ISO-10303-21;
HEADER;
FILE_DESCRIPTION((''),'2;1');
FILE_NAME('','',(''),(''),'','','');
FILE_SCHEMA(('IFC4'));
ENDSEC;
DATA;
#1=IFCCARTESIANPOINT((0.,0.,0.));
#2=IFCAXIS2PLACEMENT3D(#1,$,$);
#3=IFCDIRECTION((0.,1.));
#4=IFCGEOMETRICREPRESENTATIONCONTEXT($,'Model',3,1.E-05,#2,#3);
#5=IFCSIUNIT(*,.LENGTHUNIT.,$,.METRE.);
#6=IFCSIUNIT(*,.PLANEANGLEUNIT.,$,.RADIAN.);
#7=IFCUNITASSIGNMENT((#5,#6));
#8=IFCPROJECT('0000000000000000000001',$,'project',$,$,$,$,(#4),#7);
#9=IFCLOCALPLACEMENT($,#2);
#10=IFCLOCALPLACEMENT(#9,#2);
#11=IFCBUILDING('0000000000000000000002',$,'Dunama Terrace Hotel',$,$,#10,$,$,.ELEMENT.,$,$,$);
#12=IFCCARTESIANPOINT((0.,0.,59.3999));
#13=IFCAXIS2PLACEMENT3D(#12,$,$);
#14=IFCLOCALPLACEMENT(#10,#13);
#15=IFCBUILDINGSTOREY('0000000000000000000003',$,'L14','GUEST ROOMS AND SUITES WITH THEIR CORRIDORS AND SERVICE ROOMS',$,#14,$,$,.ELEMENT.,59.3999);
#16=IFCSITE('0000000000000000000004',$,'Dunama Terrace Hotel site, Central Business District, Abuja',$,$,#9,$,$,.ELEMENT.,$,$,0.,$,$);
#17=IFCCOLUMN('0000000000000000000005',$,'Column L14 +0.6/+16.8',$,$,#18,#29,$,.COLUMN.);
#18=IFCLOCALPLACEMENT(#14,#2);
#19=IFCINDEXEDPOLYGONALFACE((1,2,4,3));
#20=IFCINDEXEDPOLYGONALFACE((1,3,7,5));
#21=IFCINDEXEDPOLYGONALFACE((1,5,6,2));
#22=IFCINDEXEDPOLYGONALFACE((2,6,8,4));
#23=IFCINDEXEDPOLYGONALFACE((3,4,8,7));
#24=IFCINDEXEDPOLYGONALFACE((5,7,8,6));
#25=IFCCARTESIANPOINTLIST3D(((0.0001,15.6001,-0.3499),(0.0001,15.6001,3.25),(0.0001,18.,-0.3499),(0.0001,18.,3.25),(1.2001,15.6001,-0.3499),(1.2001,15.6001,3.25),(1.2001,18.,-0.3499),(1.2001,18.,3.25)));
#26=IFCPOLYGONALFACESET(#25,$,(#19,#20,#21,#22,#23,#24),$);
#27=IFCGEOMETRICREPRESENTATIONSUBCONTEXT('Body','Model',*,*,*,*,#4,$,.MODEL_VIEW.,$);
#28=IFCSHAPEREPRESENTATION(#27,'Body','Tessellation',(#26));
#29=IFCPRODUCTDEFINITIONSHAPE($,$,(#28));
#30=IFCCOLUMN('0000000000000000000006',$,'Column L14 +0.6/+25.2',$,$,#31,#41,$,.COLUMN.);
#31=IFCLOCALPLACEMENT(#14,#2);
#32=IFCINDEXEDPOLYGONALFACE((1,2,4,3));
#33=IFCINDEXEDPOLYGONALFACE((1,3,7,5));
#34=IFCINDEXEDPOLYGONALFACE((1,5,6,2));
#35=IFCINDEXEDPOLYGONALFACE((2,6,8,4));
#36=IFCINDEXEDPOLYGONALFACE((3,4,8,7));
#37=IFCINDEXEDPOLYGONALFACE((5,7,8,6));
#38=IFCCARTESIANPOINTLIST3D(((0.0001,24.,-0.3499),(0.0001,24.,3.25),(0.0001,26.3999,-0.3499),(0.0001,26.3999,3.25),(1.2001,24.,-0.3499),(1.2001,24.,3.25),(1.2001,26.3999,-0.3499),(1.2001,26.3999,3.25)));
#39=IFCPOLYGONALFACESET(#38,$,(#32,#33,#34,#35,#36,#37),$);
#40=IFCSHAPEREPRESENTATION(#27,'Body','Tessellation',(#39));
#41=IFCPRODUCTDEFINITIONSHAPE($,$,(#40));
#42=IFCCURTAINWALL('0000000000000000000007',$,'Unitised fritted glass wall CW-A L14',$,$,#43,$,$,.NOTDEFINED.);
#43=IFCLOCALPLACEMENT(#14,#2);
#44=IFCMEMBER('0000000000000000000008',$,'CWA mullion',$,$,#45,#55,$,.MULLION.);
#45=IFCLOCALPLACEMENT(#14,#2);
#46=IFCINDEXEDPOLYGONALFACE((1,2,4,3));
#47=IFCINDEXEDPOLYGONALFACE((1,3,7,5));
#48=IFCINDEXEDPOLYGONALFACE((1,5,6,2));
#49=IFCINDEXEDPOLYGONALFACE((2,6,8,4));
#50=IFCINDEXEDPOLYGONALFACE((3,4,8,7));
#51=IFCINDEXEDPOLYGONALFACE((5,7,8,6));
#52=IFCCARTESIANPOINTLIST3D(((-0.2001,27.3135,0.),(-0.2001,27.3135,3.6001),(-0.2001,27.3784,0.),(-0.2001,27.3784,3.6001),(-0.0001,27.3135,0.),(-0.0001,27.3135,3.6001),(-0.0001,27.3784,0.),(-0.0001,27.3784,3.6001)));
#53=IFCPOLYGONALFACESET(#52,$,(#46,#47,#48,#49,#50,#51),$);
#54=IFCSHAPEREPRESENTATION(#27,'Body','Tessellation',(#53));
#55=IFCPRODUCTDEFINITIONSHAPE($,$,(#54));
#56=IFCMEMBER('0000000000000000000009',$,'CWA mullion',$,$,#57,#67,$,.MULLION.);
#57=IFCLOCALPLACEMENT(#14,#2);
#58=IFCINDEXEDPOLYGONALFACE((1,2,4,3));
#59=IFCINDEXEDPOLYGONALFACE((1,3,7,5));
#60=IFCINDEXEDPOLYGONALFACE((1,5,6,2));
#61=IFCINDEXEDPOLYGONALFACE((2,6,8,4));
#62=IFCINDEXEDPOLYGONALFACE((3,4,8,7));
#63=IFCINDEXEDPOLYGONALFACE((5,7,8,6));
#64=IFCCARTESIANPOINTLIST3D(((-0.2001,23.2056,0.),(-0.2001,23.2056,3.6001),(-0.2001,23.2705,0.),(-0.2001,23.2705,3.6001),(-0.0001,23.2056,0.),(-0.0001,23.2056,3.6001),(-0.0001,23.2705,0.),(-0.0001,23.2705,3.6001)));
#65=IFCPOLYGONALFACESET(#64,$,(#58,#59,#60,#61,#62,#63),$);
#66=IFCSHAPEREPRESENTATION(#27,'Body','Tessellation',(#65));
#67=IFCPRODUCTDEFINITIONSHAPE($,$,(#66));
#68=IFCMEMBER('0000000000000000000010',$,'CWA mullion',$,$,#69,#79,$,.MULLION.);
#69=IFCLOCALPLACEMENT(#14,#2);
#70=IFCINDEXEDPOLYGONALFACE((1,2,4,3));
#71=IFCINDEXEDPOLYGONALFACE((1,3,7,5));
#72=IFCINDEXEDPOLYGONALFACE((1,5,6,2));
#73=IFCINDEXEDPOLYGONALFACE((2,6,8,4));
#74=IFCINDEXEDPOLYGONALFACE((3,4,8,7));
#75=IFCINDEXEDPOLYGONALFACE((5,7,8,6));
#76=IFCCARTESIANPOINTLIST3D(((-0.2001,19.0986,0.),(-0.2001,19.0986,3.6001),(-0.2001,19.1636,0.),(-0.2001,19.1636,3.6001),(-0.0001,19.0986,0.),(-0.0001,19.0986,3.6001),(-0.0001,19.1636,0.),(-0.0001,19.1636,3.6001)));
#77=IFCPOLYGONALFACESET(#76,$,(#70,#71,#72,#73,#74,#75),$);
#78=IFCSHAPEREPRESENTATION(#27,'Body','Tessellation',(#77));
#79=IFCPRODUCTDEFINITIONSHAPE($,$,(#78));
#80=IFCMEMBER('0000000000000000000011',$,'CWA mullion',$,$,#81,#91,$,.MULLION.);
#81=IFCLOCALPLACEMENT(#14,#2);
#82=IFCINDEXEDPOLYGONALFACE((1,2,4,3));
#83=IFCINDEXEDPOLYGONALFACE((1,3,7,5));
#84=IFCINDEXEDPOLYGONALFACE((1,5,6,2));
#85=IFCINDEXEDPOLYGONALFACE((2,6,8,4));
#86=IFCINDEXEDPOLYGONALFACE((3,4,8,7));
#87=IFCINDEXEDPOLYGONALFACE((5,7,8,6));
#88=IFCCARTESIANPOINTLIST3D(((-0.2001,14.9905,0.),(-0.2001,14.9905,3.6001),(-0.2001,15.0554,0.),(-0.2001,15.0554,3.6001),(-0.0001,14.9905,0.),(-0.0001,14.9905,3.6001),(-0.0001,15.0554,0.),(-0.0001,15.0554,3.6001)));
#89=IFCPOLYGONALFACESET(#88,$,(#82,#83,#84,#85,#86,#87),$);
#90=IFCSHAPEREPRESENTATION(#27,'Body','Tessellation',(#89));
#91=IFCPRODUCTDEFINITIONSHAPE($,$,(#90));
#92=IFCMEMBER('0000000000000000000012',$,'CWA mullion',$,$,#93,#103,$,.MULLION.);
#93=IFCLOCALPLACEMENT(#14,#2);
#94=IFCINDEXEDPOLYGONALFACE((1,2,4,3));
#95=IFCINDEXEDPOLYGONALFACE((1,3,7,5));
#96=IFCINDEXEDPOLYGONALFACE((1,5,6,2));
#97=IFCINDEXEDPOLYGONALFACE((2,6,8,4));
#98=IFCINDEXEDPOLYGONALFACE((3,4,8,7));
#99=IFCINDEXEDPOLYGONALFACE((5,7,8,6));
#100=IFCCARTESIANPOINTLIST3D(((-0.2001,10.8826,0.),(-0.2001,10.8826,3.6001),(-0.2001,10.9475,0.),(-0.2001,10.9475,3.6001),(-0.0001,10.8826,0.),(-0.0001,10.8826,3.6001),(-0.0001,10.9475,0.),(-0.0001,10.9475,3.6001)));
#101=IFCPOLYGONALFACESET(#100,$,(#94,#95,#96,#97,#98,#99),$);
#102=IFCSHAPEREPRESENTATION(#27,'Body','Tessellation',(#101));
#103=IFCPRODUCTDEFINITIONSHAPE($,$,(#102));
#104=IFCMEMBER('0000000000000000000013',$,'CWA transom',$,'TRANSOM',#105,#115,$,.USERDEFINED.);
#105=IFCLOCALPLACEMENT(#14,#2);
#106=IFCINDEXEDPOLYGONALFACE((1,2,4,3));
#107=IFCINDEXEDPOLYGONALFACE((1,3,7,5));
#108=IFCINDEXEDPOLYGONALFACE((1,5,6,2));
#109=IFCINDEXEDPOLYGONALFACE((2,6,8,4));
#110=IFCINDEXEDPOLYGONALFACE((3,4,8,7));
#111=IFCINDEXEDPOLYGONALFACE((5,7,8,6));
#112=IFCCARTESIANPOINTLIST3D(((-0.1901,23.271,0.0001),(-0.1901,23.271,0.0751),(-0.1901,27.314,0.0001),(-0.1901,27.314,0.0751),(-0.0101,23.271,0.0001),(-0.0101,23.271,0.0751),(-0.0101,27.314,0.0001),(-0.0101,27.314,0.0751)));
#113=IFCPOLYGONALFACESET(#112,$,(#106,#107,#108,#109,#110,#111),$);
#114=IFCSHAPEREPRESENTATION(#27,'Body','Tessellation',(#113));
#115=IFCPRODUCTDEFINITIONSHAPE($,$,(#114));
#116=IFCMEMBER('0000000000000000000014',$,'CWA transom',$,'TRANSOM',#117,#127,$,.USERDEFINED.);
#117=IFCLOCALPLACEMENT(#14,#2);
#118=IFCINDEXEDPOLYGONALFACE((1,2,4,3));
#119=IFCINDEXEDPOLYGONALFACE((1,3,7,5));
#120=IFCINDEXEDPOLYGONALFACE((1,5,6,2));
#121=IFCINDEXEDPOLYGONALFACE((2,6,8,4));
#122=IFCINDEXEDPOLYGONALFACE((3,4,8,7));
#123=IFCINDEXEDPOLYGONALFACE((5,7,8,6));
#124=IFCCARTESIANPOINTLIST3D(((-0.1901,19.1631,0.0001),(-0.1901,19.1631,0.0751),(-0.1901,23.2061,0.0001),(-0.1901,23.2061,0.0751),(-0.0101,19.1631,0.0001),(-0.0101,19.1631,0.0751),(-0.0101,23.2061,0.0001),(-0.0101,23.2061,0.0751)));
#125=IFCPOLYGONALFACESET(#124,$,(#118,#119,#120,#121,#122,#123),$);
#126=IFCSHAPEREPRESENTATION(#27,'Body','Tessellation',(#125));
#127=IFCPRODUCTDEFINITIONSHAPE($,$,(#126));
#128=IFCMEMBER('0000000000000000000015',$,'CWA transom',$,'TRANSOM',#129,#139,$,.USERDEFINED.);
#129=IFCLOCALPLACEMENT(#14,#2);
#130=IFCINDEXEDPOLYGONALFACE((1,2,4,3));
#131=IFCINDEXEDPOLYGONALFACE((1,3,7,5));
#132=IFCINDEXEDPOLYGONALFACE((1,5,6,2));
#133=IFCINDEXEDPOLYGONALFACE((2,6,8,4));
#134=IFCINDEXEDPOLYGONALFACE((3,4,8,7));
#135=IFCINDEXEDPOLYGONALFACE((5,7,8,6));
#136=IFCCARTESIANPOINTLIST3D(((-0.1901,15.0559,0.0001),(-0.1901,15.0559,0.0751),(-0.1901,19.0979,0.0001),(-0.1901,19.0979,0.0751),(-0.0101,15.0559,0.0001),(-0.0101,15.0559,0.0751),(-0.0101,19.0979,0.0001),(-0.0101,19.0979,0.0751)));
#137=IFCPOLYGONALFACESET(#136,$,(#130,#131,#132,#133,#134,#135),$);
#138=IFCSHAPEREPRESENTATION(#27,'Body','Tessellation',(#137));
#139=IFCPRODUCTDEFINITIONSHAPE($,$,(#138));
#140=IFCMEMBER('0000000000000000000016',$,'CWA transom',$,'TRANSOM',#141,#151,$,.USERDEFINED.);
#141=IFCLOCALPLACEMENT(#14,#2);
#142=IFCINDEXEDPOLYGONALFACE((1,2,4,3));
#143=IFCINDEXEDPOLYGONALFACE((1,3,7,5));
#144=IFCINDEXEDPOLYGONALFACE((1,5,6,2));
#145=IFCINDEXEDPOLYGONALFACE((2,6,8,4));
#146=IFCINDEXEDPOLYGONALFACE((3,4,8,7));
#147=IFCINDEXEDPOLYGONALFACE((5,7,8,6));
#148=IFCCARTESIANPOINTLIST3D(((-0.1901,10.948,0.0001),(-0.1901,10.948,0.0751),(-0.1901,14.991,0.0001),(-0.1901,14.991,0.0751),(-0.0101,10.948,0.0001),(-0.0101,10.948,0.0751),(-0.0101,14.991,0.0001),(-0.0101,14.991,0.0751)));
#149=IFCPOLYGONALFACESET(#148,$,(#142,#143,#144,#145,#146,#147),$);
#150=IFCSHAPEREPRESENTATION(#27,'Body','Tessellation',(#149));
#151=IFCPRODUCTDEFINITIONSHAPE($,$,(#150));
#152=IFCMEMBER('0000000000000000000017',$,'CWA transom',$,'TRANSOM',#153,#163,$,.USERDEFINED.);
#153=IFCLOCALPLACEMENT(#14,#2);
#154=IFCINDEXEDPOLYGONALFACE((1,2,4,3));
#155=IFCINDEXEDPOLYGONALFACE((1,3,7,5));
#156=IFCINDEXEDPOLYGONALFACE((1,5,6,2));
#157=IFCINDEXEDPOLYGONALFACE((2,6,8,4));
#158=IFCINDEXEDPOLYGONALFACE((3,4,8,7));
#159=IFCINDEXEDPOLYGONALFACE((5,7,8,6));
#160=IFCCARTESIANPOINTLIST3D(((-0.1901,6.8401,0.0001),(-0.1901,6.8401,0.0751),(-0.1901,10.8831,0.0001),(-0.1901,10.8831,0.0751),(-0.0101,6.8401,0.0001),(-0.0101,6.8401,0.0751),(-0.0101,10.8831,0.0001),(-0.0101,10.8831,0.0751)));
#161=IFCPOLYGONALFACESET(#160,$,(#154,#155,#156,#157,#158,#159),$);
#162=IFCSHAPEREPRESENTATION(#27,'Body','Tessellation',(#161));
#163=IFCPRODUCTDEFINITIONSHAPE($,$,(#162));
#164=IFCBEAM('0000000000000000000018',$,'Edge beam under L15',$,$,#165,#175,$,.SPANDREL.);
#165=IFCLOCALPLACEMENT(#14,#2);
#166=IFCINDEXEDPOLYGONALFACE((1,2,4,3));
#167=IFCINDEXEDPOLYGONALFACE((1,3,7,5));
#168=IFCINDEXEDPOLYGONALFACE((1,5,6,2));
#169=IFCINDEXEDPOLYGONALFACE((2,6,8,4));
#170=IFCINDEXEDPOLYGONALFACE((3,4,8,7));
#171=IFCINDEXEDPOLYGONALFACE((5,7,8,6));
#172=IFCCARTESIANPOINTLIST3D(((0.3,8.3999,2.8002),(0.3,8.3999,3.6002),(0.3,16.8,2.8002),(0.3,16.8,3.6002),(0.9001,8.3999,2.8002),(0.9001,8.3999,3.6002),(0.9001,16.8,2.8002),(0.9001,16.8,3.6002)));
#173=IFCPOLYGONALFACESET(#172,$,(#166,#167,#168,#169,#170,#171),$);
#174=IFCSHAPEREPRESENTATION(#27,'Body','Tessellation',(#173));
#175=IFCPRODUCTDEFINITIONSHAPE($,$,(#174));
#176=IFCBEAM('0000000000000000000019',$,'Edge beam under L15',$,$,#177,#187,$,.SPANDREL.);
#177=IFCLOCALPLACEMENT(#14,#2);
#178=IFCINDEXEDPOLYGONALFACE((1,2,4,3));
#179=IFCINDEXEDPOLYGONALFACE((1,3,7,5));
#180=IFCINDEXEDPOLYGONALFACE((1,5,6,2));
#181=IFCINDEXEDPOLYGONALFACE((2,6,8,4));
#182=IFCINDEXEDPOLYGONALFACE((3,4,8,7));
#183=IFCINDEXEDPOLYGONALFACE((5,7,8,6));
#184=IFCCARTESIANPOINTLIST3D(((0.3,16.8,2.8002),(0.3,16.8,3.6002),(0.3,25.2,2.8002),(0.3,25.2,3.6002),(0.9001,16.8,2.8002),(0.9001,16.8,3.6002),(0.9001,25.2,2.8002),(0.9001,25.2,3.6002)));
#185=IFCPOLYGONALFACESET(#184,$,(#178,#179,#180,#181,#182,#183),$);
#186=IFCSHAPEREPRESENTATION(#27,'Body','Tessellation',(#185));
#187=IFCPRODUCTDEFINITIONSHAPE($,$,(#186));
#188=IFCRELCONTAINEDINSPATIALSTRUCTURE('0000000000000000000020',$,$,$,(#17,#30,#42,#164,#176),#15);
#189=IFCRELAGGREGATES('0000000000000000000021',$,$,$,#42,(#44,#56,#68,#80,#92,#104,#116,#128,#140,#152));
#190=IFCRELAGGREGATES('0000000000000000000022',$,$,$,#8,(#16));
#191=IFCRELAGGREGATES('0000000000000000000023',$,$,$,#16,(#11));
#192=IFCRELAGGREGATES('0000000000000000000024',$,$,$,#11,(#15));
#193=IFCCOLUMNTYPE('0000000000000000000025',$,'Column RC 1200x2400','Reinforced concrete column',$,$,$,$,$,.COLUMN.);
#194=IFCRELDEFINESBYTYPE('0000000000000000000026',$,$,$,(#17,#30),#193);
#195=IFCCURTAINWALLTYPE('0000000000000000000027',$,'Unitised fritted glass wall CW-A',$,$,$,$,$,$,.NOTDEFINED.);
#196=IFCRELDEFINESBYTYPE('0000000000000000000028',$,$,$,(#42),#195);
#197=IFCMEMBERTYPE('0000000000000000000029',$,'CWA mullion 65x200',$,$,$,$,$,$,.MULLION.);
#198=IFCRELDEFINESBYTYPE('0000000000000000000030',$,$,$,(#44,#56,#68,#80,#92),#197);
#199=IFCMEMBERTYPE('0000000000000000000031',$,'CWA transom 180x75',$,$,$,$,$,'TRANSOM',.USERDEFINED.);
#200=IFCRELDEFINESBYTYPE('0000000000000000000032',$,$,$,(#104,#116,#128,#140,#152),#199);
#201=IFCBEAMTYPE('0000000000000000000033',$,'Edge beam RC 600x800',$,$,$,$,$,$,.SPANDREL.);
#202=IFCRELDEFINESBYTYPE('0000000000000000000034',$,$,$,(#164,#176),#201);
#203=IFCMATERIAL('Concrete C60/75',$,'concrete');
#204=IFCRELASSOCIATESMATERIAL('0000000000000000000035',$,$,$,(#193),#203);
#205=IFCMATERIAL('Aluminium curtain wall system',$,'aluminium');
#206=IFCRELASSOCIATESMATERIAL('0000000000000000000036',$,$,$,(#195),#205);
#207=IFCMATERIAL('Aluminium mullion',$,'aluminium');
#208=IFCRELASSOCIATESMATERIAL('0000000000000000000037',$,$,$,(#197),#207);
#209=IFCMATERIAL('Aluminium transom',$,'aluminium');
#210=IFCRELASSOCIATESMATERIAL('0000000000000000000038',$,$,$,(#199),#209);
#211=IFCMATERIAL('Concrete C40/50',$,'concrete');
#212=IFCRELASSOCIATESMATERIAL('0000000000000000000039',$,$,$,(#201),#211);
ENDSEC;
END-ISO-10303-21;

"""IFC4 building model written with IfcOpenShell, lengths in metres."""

from ifc_helpers import new_model, si_unit, direction, frame, origin, origin_2d, place, context, subcontext, project, spatial, rectangle, extrude, material, material_profile, profile_set, type_object, element, aggregate, save


model = new_model("IFC4")

# Units and contexts
model_context = context("Model", 3, precision=1e-05, world=origin(), true_north=direction((0.0, 1.0)))
body_context = subcontext(model_context, "Body", "Model", "MODEL_VIEW")
ifc_project = project(units=[si_unit("LENGTHUNIT", "METRE"), si_unit("PLANEANGLEUNIT", "RADIAN")], contexts=[model_context])

# Site, building, storey
site_placement = place(None, origin())
site = spatial("IfcSite", under=ifc_project, at=site_placement, Name="Dunama Terrace Hotel site, Central Business District, Abuja", CompositionType="ELEMENT", RefElevation=0.0)
building_placement = place(site_placement, origin())
building = spatial("IfcBuilding", under=site, at=building_placement, Name="Dunama Terrace Hotel", CompositionType="ELEMENT")
storey_placement = place(building_placement, frame((0.0, 0.0, 59.3999)))
storey = spatial("IfcBuildingStorey", under=building, at=storey_placement, Name="L14", Description="GUEST ROOMS AND SUITES WITH THEIR CORRIDORS AND SERVICE ROOMS", CompositionType="ELEMENT", Elevation=59.3999)

# Columns
ifc_material_1 = material(Name="Concrete C60/75", Category="concrete")
ifc_material_profile_1 = material_profile(ifc_material_1, rectangle(XDim=1.2, YDim=2.3999, at=origin_2d()), Name="RC 1200x2400")
ifc_profile_set_1 = profile_set([ifc_material_profile_1], Name="Concrete C60/75")
column_type = type_object("IfcColumnType", Name="Column RC 1200x2400", Description="Reinforced concrete column", PredefinedType="COLUMN", material=ifc_profile_set_1)
for number, where, z_axis, x_axis, name in (
    (1, (0.6001, 16.8, -0.3499), (0.0, 0.0, 1.0), (1.0, 0.0, 0.0), "Column L14 +0.6/+16.8"),
    (2, (0.6001, 25.2, -0.3499), (0.0, 0.0, 1.0), (1.0, 0.0, 0.0), "Column L14 +0.6/+25.2"),
):
    element("IfcColumn", number, at=place(storey_placement, frame(where, z_axis=z_axis, x_axis=x_axis)), inside=storey, type_object=column_type, Name=name, PredefinedType="COLUMN", context=body_context, shape_type="SweptSolid", body=[
        extrude(rectangle(XDim=1.2, YDim=2.3999, at=origin_2d()), origin(), (0.0, 0.0, 1.0), 3.5999),
    ])

# Curtain wall, members
ifc_material_2 = material(Name="Aluminium curtain wall system", Category="aluminium")
curtain_wall_type = type_object("IfcCurtainWallType", Name="Unitised fritted glass wall CW-A", PredefinedType="NOTDEFINED", material=ifc_material_2)
curtain_wall_placement = place(storey_placement, origin())
curtain_wall = element("IfcCurtainWall", 3, at=curtain_wall_placement, inside=storey, type_object=curtain_wall_type, Name="Unitised fritted glass wall CW-A L14", PredefinedType="NOTDEFINED")
ifc_material_3 = material(Name="Aluminium mullion", Category="aluminium")
ifc_material_profile_2 = material_profile(ifc_material_3, rectangle(XDim=0.0649, YDim=0.2, at=origin_2d()), Name="CWA MULLION 65X200")
ifc_profile_set_2 = profile_set([ifc_material_profile_2], Name="Aluminium mullion")
member_type_1 = type_object("IfcMemberType", Name="CWA mullion 65x200", PredefinedType="MULLION", material=ifc_profile_set_2)
member_1_placement = place(storey_placement, frame((-0.1001, 27.3459, 0.0), z_axis=(0.0, 0.0, 1.0), x_axis=(0.0, -1.0, 0.0)))
member_1 = element("IfcMember", 4, at=member_1_placement, type_object=member_type_1, Name="CWA mullion", PredefinedType="MULLION", context=body_context, shape_type="SweptSolid", body=[
    extrude(rectangle(XDim=0.0649, YDim=0.2, at=origin_2d()), origin(), (0.0, 0.0, 1.0), 3.6001),
])
member_2_placement = place(storey_placement, frame((-0.1001, 23.238, 0.0), z_axis=(0.0, 0.0, 1.0), x_axis=(0.0, -1.0, 0.0)))
member_2 = element("IfcMember", 5, at=member_2_placement, type_object=member_type_1, Name="CWA mullion", PredefinedType="MULLION", context=body_context, shape_type="SweptSolid", body=[
    extrude(rectangle(XDim=0.0649, YDim=0.2, at=origin_2d()), origin(), (0.0, 0.0, 1.0), 3.6001),
])
member_3_placement = place(storey_placement, frame((-0.1001, 19.1311, 0.0), z_axis=(0.0, 0.0, 1.0), x_axis=(0.0, -1.0, 0.0)))
member_3 = element("IfcMember", 6, at=member_3_placement, type_object=member_type_1, Name="CWA mullion", PredefinedType="MULLION", context=body_context, shape_type="SweptSolid", body=[
    extrude(rectangle(XDim=0.0649, YDim=0.2, at=origin_2d()), origin(), (0.0, 0.0, 1.0), 3.6001),
])
member_4_placement = place(storey_placement, frame((-0.1001, 15.0229, 0.0), z_axis=(0.0, 0.0, 1.0), x_axis=(0.0, -1.0, 0.0)))
member_4 = element("IfcMember", 7, at=member_4_placement, type_object=member_type_1, Name="CWA mullion", PredefinedType="MULLION", context=body_context, shape_type="SweptSolid", body=[
    extrude(rectangle(XDim=0.0649, YDim=0.2, at=origin_2d()), origin(), (0.0, 0.0, 1.0), 3.6001),
])
member_5_placement = place(storey_placement, frame((-0.1001, 10.915, 0.0), z_axis=(0.0, 0.0, 1.0), x_axis=(0.0, -1.0, 0.0)))
member_5 = element("IfcMember", 8, at=member_5_placement, type_object=member_type_1, Name="CWA mullion", PredefinedType="MULLION", context=body_context, shape_type="SweptSolid", body=[
    extrude(rectangle(XDim=0.0649, YDim=0.2, at=origin_2d()), origin(), (0.0, 0.0, 1.0), 3.6001),
])
ifc_material_4 = material(Name="Aluminium transom", Category="aluminium")
ifc_material_profile_3 = material_profile(ifc_material_4, rectangle(XDim=0.1799, YDim=0.075, at=origin_2d()), Name="CWA TRANSOM 180X75")
ifc_profile_set_3 = profile_set([ifc_material_profile_3], Name="Aluminium transom")
member_type_2 = type_object("IfcMemberType", Name="CWA transom 180x75", ElementType="TRANSOM", PredefinedType="USERDEFINED", material=ifc_profile_set_3)
member_6_placement = place(storey_placement, frame((-0.1001, 27.314, 0.0376), z_axis=(0.0, -1.0, 0.0), x_axis=(1.0, 0.0, 0.0)))
member_6 = element("IfcMember", 9, at=member_6_placement, type_object=member_type_2, Name="CWA transom", ObjectType="TRANSOM", PredefinedType="USERDEFINED", context=body_context, shape_type="SweptSolid", body=[
    extrude(rectangle(XDim=0.1799, YDim=0.075, at=origin_2d()), origin(), (0.0, 0.0, 1.0), 4.043),
])
member_7_placement = place(storey_placement, frame((-0.1001, 23.2061, 0.0376), z_axis=(0.0, -1.0, 0.0), x_axis=(1.0, 0.0, 0.0)))
member_7 = element("IfcMember", 10, at=member_7_placement, type_object=member_type_2, Name="CWA transom", ObjectType="TRANSOM", PredefinedType="USERDEFINED", context=body_context, shape_type="SweptSolid", body=[
    extrude(rectangle(XDim=0.1799, YDim=0.075, at=origin_2d()), origin(), (0.0, 0.0, 1.0), 4.043),
])
member_8_placement = place(storey_placement, frame((-0.1001, 19.0979, 0.0376), z_axis=(0.0, -1.0, 0.0), x_axis=(1.0, 0.0, 0.0)))
member_8 = element("IfcMember", 11, at=member_8_placement, type_object=member_type_2, Name="CWA transom", ObjectType="TRANSOM", PredefinedType="USERDEFINED", context=body_context, shape_type="SweptSolid", body=[
    extrude(rectangle(XDim=0.1799, YDim=0.075, at=origin_2d()), origin(), (0.0, 0.0, 1.0), 4.042),
])
member_9_placement = place(storey_placement, frame((-0.1001, 14.991, 0.0376), z_axis=(0.0, -1.0, 0.0), x_axis=(1.0, 0.0, 0.0)))
member_9 = element("IfcMember", 12, at=member_9_placement, type_object=member_type_2, Name="CWA transom", ObjectType="TRANSOM", PredefinedType="USERDEFINED", context=body_context, shape_type="SweptSolid", body=[
    extrude(rectangle(XDim=0.1799, YDim=0.075, at=origin_2d()), origin(), (0.0, 0.0, 1.0), 4.043),
])
member_10_placement = place(storey_placement, frame((-0.1001, 10.8831, 0.0376), z_axis=(0.0, -1.0, 0.0), x_axis=(1.0, 0.0, 0.0)))
member_10 = element("IfcMember", 13, at=member_10_placement, type_object=member_type_2, Name="CWA transom", ObjectType="TRANSOM", PredefinedType="USERDEFINED", context=body_context, shape_type="SweptSolid", body=[
    extrude(rectangle(XDim=0.1799, YDim=0.075, at=origin_2d()), origin(), (0.0, 0.0, 1.0), 4.043),
])

# Beams
ifc_material_5 = material(Name="Concrete C40/50", Category="concrete")
ifc_material_profile_4 = material_profile(ifc_material_5, rectangle(XDim=0.6001, YDim=0.8, at=origin_2d()), Name="RC 600x800")
ifc_profile_set_4 = profile_set([ifc_material_profile_4], Name="Concrete C40/50")
beam_type = type_object("IfcBeamType", Name="Edge beam RC 600x800", PredefinedType="SPANDREL", material=ifc_profile_set_4)
beam_1_placement = place(storey_placement, frame((0.6001, 8.3999, 3.2002), z_axis=(0.0, 1.0, 0.0), x_axis=(-1.0, 0.0, 0.0)))
element("IfcBeam", 14, at=beam_1_placement, inside=storey, type_object=beam_type, Name="Edge beam under L15", PredefinedType="SPANDREL", context=body_context, shape_type="SweptSolid", body=[
    extrude(rectangle(XDim=0.6001, YDim=0.8, at=origin_2d()), origin(), (0.0, 0.0, 1.0), 8.4001),
])
beam_2_placement = place(storey_placement, frame((0.6001, 16.8, 3.2002), z_axis=(0.0, 1.0, 0.0), x_axis=(-1.0, 0.0, 0.0)))
element("IfcBeam", 15, at=beam_2_placement, inside=storey, type_object=beam_type, Name="Edge beam under L15", PredefinedType="SPANDREL", context=body_context, shape_type="SweptSolid", body=[
    extrude(rectangle(XDim=0.6001, YDim=0.8, at=origin_2d()), origin(), (0.0, 0.0, 1.0), 8.3999),
])

aggregate(curtain_wall, [member_1, member_2, member_3, member_4, member_5, member_6, member_7, member_8, member_9, member_10])

save(model, "model.ifc")
